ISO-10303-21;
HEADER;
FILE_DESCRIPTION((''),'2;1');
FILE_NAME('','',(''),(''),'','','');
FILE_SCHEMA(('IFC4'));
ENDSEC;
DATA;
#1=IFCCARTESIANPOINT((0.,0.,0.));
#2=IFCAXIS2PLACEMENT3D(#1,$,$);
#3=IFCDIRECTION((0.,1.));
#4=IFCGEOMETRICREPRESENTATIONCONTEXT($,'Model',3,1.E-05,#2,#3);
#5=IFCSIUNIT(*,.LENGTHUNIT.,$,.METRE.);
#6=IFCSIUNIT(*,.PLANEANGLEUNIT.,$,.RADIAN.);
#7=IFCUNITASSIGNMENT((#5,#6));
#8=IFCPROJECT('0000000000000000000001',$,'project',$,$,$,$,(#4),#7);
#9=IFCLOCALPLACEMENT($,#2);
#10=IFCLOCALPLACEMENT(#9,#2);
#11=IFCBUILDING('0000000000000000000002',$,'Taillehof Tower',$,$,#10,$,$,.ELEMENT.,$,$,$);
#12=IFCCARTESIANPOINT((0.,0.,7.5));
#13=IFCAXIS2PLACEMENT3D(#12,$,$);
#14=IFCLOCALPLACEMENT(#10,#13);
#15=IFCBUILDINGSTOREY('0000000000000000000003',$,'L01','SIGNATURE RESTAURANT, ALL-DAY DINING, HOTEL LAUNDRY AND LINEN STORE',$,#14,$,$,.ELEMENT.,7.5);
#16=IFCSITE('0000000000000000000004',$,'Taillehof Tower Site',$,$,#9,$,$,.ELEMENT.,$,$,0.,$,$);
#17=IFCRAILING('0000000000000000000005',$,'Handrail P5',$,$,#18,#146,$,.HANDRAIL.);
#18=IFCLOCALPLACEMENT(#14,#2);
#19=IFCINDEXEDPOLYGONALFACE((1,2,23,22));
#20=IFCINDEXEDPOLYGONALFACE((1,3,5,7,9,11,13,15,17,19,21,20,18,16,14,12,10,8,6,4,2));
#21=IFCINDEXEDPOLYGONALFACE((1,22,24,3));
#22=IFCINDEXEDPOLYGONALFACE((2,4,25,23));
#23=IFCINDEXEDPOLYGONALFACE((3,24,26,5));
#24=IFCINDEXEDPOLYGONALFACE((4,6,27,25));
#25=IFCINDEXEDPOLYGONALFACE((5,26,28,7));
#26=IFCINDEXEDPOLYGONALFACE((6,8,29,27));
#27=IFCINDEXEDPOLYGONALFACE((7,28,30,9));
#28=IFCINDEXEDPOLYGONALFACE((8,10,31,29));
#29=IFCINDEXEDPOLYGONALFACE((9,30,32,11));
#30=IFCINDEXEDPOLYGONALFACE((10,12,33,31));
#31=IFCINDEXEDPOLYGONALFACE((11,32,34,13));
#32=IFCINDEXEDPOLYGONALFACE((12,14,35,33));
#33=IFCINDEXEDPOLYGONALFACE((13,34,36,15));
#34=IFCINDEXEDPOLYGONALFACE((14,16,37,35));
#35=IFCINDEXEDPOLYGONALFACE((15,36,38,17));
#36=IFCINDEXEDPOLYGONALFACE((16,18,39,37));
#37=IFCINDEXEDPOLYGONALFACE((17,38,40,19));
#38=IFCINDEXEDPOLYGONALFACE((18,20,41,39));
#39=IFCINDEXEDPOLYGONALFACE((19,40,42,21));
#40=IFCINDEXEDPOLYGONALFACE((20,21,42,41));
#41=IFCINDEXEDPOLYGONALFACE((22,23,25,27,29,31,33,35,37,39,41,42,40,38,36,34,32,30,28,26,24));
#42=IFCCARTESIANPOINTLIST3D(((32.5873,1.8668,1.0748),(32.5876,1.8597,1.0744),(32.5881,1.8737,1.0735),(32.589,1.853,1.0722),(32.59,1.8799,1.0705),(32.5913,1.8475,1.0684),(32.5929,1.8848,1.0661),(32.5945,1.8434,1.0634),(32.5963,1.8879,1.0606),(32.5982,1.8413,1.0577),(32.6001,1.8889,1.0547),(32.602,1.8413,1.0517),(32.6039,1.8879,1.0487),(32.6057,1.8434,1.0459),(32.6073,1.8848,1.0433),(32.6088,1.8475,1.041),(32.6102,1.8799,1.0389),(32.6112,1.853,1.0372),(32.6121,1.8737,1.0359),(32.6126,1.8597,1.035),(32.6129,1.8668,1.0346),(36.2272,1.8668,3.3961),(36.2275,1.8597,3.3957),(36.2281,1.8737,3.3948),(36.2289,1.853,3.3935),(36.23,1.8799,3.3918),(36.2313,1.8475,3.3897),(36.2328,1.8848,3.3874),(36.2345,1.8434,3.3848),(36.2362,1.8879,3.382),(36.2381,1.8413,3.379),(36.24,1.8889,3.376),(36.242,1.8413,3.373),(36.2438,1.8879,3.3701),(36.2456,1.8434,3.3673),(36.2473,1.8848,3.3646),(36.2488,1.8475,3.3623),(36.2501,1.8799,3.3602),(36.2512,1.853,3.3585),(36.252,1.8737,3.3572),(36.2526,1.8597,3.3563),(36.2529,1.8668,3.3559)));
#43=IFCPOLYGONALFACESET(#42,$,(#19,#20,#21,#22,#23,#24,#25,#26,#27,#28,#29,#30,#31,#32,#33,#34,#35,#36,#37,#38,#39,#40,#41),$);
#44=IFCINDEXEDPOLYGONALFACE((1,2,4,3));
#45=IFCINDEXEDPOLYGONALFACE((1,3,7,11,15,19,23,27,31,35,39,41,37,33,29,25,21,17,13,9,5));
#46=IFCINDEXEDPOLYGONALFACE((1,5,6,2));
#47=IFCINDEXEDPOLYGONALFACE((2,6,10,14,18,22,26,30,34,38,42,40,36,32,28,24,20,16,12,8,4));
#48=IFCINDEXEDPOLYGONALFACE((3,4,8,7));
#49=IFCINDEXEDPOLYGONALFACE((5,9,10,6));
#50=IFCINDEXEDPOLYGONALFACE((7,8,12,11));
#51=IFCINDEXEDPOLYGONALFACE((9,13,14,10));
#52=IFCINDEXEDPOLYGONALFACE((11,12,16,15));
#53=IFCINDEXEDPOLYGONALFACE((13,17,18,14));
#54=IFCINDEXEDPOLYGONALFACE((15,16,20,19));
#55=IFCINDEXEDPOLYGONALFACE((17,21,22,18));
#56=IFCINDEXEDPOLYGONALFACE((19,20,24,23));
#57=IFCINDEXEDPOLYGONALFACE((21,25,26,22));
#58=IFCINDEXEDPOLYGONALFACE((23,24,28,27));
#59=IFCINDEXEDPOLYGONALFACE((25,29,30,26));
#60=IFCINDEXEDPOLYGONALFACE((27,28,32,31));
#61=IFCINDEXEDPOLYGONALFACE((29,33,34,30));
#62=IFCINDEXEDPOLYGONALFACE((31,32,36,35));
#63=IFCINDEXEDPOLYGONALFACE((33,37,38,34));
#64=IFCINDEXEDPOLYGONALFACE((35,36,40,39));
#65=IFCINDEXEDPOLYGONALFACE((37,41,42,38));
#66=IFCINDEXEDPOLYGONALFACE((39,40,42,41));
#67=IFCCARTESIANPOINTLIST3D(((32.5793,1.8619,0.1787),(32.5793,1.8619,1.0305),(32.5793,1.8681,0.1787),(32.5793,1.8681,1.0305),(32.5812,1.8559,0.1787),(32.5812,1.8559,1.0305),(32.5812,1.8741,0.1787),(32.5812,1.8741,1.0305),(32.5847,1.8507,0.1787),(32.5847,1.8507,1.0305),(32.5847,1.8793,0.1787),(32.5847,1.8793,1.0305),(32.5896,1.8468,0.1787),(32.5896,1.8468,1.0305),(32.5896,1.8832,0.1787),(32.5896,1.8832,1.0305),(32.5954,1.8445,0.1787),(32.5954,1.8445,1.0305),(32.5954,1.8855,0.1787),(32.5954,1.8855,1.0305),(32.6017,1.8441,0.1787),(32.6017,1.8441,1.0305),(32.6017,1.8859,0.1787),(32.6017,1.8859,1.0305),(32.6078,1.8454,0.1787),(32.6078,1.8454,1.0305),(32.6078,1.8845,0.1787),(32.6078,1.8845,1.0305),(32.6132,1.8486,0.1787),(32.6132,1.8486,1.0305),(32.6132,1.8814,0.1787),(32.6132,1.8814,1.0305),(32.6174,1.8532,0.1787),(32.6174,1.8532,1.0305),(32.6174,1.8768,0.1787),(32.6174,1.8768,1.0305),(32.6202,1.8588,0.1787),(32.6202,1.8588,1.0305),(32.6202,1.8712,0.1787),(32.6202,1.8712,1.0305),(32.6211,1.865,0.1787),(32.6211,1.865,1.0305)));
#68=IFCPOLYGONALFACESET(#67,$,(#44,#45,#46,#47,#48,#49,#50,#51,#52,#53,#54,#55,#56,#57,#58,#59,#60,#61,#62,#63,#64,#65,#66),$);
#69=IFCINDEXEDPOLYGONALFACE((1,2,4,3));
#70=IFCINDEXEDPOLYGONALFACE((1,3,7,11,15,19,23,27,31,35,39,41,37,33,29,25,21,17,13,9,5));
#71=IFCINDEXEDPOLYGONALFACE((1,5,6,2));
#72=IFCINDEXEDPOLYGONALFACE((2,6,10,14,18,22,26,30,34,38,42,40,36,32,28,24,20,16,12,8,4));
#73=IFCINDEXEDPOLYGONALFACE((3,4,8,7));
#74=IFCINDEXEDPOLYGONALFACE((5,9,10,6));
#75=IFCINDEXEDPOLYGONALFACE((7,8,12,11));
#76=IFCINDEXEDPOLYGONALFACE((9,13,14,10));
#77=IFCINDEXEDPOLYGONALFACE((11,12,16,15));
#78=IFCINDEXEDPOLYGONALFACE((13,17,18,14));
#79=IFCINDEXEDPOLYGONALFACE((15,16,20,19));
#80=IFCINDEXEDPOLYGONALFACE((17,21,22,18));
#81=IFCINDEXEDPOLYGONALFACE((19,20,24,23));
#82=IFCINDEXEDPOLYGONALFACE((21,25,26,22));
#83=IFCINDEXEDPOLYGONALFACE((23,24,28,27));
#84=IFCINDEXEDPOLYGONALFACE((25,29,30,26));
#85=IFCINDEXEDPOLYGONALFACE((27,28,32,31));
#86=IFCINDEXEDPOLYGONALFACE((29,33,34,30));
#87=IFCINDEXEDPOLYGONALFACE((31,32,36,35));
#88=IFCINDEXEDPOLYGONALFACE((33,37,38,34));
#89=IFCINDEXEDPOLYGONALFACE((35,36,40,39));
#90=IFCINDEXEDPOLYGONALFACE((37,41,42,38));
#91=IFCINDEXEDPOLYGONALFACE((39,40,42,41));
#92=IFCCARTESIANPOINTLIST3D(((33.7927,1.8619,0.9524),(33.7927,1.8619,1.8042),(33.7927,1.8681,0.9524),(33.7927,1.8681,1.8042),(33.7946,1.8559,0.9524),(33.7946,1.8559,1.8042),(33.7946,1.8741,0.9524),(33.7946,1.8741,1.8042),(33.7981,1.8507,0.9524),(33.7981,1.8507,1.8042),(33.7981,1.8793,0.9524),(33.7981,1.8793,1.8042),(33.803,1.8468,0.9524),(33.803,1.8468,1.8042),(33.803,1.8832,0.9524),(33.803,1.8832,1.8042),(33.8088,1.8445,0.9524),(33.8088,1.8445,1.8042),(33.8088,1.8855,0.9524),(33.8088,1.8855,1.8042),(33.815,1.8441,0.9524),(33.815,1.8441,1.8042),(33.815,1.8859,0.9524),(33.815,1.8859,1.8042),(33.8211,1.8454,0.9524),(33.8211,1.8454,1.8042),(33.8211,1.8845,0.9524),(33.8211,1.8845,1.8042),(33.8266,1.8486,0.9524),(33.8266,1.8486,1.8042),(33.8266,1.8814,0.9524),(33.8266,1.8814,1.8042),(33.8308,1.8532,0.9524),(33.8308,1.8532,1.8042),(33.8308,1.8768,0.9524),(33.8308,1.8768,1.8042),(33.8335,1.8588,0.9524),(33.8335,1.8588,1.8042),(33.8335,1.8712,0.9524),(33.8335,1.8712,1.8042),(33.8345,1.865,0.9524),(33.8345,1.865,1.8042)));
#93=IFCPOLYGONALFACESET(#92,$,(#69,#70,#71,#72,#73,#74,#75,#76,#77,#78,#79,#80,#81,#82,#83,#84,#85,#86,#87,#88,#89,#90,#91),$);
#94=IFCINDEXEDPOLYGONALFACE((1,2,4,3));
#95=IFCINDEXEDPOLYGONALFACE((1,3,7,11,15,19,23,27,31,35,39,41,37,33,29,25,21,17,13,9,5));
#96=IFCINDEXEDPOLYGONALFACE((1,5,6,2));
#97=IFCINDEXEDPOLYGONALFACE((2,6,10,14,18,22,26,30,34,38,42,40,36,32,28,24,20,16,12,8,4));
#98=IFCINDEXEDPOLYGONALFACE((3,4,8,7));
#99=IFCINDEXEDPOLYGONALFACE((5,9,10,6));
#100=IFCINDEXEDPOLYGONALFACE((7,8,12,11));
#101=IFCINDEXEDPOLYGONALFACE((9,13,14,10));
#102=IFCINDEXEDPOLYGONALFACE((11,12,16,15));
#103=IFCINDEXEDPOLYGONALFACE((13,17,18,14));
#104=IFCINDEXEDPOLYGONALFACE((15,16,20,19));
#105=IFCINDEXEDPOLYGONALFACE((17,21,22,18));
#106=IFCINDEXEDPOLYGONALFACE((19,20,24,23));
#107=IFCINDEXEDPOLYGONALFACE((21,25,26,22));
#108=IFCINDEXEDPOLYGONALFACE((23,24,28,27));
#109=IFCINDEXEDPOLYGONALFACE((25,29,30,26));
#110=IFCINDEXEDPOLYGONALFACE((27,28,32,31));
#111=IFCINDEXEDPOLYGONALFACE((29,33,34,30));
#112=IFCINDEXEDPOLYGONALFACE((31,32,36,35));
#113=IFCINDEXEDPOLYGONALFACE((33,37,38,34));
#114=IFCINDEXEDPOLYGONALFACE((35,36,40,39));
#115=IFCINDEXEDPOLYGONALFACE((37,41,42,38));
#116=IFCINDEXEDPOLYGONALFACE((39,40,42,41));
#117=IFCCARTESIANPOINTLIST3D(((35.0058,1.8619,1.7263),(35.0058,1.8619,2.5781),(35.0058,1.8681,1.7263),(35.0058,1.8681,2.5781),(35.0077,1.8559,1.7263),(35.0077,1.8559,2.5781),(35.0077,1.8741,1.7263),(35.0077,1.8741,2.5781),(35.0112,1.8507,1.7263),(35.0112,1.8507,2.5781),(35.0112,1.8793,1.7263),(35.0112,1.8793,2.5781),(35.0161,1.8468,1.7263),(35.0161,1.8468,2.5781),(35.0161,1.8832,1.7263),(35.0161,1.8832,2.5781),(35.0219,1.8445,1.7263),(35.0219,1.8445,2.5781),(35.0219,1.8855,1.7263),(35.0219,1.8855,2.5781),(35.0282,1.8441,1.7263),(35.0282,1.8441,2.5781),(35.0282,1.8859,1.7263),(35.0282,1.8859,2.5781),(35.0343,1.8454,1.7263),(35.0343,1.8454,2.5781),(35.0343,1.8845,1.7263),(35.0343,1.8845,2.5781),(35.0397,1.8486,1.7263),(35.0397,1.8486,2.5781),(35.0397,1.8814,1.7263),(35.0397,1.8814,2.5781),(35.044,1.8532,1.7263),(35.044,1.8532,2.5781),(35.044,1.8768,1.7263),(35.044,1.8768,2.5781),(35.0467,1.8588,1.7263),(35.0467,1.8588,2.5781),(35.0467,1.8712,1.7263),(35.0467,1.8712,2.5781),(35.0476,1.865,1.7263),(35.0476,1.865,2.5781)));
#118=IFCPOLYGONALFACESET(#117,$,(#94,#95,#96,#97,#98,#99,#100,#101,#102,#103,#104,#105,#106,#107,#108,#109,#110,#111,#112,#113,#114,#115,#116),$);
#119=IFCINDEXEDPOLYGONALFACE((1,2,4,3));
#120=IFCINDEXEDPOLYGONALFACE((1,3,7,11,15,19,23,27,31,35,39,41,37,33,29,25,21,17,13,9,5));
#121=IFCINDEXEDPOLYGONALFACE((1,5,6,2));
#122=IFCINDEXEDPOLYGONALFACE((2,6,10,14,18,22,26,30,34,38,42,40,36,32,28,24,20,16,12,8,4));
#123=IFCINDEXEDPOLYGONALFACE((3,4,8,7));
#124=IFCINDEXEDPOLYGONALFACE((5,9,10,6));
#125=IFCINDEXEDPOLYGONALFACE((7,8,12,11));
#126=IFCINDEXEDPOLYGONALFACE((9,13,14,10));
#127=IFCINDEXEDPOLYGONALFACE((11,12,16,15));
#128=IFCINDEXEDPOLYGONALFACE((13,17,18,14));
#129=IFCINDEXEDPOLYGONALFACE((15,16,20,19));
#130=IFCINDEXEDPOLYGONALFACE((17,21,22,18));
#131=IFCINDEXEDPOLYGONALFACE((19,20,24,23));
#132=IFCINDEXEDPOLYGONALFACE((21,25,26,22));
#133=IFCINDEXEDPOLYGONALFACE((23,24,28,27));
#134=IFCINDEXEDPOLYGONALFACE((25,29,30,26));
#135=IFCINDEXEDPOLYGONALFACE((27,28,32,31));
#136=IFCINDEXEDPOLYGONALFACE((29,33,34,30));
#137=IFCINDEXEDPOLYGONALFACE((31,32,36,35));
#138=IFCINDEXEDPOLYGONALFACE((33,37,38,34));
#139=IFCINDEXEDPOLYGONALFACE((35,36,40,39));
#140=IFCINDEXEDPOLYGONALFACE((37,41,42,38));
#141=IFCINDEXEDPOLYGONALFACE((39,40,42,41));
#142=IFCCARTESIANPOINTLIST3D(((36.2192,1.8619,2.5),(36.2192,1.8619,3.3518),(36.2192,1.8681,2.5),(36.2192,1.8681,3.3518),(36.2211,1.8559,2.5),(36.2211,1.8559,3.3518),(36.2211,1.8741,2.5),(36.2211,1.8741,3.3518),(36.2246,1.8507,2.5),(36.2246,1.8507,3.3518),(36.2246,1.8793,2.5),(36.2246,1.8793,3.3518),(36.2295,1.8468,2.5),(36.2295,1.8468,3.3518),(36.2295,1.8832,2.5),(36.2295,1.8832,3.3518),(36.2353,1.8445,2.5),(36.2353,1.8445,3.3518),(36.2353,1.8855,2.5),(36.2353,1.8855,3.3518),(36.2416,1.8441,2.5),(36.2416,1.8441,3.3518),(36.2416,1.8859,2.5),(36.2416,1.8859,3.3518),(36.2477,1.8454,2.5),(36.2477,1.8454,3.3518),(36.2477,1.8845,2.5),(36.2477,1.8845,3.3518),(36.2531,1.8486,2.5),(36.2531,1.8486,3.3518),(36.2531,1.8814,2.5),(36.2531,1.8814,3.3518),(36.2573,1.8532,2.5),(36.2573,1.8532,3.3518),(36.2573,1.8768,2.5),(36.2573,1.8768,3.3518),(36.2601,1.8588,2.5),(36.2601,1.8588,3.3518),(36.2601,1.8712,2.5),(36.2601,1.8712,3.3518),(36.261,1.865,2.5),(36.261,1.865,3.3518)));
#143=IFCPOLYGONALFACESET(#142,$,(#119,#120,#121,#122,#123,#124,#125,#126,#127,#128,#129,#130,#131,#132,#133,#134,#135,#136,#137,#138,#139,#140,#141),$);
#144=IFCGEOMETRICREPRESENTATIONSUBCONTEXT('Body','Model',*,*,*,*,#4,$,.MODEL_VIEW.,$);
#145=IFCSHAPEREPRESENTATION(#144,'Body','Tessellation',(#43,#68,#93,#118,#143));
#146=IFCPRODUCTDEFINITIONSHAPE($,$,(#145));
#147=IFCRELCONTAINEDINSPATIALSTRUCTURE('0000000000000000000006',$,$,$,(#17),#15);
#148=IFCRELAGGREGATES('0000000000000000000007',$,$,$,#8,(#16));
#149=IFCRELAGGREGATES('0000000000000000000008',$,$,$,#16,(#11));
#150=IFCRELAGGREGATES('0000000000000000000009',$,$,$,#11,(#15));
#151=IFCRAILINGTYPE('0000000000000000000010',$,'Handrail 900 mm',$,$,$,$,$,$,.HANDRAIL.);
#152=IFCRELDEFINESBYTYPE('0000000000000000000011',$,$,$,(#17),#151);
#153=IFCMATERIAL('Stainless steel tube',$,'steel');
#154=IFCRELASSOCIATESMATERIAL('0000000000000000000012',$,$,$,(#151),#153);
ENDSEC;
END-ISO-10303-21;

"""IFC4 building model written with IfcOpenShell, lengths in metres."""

from ifc_helpers import new_model, si_unit, direction, frame, origin, origin_2d, place, context, subcontext, project, spatial, circle, extrude, material, type_object, element, save


model = new_model("IFC4")

# Units and contexts
model_context = context("Model", 3, precision=1e-05, world=origin(), true_north=direction((0.0, 1.0)))
body_context = subcontext(model_context, "Body", "Model", "MODEL_VIEW")
ifc_project = project(units=[si_unit("LENGTHUNIT", "METRE"), si_unit("PLANEANGLEUNIT", "RADIAN")], contexts=[model_context])

# Site, building, storey
site_placement = place(None, origin())
site = spatial("IfcSite", under=ifc_project, at=site_placement, Name="Taillehof Tower Site", CompositionType="ELEMENT", RefElevation=0.0)
building_placement = place(site_placement, origin())
building = spatial("IfcBuilding", under=site, at=building_placement, Name="Taillehof Tower", CompositionType="ELEMENT")
storey_placement = place(building_placement, frame((0.0, 0.0, 7.5)))
storey = spatial("IfcBuildingStorey", under=building, at=storey_placement, Name="L01", Description="SIGNATURE RESTAURANT, ALL-DAY DINING, HOTEL LAUNDRY AND LINEN STORE", CompositionType="ELEMENT", Elevation=7.5)

# Railing
ifc_material_1 = material(Name="Stainless steel tube", Category="steel")
railing_type_1 = type_object("IfcRailingType", Name="Handrail 900 mm", PredefinedType="HANDRAIL", material=ifc_material_1)
for number, where, name in (
    (1, (32.6001, 1.865, 0.1787), "Handrail P5"),
):
    element("IfcRailing", number, at=place(storey_placement, frame(where)), inside=storey, type_object=railing_type_1, Name=name, PredefinedType="HANDRAIL", context=body_context, shape_type="SweptSolid", body=[
        extrude(circle(Radius=0.0239, at=origin_2d()), frame((0.0, 0.0, 0.876), z_axis=(0.843137, 0.0, 0.537699), x_axis=(0.0, 1.0, 0.0)), (0.0, 0.0, 1.0), 4.3171),
        extrude(circle(Radius=0.021, at=origin_2d()), origin(), (0.0, 0.0, 1.0), 0.8518),
        extrude(circle(Radius=0.021, at=origin_2d()), frame((1.2134, 0.0, 0.7737)), (0.0, 0.0, 1.0), 0.8518),
        extrude(circle(Radius=0.021, at=origin_2d()), frame((2.4265, 0.0, 1.5476)), (0.0, 0.0, 1.0), 0.8518),
        extrude(circle(Radius=0.021, at=origin_2d()), frame((3.6399, 0.0, 2.3213)), (0.0, 0.0, 1.0), 0.8518),
    ])

save(model, "model.ifc")
